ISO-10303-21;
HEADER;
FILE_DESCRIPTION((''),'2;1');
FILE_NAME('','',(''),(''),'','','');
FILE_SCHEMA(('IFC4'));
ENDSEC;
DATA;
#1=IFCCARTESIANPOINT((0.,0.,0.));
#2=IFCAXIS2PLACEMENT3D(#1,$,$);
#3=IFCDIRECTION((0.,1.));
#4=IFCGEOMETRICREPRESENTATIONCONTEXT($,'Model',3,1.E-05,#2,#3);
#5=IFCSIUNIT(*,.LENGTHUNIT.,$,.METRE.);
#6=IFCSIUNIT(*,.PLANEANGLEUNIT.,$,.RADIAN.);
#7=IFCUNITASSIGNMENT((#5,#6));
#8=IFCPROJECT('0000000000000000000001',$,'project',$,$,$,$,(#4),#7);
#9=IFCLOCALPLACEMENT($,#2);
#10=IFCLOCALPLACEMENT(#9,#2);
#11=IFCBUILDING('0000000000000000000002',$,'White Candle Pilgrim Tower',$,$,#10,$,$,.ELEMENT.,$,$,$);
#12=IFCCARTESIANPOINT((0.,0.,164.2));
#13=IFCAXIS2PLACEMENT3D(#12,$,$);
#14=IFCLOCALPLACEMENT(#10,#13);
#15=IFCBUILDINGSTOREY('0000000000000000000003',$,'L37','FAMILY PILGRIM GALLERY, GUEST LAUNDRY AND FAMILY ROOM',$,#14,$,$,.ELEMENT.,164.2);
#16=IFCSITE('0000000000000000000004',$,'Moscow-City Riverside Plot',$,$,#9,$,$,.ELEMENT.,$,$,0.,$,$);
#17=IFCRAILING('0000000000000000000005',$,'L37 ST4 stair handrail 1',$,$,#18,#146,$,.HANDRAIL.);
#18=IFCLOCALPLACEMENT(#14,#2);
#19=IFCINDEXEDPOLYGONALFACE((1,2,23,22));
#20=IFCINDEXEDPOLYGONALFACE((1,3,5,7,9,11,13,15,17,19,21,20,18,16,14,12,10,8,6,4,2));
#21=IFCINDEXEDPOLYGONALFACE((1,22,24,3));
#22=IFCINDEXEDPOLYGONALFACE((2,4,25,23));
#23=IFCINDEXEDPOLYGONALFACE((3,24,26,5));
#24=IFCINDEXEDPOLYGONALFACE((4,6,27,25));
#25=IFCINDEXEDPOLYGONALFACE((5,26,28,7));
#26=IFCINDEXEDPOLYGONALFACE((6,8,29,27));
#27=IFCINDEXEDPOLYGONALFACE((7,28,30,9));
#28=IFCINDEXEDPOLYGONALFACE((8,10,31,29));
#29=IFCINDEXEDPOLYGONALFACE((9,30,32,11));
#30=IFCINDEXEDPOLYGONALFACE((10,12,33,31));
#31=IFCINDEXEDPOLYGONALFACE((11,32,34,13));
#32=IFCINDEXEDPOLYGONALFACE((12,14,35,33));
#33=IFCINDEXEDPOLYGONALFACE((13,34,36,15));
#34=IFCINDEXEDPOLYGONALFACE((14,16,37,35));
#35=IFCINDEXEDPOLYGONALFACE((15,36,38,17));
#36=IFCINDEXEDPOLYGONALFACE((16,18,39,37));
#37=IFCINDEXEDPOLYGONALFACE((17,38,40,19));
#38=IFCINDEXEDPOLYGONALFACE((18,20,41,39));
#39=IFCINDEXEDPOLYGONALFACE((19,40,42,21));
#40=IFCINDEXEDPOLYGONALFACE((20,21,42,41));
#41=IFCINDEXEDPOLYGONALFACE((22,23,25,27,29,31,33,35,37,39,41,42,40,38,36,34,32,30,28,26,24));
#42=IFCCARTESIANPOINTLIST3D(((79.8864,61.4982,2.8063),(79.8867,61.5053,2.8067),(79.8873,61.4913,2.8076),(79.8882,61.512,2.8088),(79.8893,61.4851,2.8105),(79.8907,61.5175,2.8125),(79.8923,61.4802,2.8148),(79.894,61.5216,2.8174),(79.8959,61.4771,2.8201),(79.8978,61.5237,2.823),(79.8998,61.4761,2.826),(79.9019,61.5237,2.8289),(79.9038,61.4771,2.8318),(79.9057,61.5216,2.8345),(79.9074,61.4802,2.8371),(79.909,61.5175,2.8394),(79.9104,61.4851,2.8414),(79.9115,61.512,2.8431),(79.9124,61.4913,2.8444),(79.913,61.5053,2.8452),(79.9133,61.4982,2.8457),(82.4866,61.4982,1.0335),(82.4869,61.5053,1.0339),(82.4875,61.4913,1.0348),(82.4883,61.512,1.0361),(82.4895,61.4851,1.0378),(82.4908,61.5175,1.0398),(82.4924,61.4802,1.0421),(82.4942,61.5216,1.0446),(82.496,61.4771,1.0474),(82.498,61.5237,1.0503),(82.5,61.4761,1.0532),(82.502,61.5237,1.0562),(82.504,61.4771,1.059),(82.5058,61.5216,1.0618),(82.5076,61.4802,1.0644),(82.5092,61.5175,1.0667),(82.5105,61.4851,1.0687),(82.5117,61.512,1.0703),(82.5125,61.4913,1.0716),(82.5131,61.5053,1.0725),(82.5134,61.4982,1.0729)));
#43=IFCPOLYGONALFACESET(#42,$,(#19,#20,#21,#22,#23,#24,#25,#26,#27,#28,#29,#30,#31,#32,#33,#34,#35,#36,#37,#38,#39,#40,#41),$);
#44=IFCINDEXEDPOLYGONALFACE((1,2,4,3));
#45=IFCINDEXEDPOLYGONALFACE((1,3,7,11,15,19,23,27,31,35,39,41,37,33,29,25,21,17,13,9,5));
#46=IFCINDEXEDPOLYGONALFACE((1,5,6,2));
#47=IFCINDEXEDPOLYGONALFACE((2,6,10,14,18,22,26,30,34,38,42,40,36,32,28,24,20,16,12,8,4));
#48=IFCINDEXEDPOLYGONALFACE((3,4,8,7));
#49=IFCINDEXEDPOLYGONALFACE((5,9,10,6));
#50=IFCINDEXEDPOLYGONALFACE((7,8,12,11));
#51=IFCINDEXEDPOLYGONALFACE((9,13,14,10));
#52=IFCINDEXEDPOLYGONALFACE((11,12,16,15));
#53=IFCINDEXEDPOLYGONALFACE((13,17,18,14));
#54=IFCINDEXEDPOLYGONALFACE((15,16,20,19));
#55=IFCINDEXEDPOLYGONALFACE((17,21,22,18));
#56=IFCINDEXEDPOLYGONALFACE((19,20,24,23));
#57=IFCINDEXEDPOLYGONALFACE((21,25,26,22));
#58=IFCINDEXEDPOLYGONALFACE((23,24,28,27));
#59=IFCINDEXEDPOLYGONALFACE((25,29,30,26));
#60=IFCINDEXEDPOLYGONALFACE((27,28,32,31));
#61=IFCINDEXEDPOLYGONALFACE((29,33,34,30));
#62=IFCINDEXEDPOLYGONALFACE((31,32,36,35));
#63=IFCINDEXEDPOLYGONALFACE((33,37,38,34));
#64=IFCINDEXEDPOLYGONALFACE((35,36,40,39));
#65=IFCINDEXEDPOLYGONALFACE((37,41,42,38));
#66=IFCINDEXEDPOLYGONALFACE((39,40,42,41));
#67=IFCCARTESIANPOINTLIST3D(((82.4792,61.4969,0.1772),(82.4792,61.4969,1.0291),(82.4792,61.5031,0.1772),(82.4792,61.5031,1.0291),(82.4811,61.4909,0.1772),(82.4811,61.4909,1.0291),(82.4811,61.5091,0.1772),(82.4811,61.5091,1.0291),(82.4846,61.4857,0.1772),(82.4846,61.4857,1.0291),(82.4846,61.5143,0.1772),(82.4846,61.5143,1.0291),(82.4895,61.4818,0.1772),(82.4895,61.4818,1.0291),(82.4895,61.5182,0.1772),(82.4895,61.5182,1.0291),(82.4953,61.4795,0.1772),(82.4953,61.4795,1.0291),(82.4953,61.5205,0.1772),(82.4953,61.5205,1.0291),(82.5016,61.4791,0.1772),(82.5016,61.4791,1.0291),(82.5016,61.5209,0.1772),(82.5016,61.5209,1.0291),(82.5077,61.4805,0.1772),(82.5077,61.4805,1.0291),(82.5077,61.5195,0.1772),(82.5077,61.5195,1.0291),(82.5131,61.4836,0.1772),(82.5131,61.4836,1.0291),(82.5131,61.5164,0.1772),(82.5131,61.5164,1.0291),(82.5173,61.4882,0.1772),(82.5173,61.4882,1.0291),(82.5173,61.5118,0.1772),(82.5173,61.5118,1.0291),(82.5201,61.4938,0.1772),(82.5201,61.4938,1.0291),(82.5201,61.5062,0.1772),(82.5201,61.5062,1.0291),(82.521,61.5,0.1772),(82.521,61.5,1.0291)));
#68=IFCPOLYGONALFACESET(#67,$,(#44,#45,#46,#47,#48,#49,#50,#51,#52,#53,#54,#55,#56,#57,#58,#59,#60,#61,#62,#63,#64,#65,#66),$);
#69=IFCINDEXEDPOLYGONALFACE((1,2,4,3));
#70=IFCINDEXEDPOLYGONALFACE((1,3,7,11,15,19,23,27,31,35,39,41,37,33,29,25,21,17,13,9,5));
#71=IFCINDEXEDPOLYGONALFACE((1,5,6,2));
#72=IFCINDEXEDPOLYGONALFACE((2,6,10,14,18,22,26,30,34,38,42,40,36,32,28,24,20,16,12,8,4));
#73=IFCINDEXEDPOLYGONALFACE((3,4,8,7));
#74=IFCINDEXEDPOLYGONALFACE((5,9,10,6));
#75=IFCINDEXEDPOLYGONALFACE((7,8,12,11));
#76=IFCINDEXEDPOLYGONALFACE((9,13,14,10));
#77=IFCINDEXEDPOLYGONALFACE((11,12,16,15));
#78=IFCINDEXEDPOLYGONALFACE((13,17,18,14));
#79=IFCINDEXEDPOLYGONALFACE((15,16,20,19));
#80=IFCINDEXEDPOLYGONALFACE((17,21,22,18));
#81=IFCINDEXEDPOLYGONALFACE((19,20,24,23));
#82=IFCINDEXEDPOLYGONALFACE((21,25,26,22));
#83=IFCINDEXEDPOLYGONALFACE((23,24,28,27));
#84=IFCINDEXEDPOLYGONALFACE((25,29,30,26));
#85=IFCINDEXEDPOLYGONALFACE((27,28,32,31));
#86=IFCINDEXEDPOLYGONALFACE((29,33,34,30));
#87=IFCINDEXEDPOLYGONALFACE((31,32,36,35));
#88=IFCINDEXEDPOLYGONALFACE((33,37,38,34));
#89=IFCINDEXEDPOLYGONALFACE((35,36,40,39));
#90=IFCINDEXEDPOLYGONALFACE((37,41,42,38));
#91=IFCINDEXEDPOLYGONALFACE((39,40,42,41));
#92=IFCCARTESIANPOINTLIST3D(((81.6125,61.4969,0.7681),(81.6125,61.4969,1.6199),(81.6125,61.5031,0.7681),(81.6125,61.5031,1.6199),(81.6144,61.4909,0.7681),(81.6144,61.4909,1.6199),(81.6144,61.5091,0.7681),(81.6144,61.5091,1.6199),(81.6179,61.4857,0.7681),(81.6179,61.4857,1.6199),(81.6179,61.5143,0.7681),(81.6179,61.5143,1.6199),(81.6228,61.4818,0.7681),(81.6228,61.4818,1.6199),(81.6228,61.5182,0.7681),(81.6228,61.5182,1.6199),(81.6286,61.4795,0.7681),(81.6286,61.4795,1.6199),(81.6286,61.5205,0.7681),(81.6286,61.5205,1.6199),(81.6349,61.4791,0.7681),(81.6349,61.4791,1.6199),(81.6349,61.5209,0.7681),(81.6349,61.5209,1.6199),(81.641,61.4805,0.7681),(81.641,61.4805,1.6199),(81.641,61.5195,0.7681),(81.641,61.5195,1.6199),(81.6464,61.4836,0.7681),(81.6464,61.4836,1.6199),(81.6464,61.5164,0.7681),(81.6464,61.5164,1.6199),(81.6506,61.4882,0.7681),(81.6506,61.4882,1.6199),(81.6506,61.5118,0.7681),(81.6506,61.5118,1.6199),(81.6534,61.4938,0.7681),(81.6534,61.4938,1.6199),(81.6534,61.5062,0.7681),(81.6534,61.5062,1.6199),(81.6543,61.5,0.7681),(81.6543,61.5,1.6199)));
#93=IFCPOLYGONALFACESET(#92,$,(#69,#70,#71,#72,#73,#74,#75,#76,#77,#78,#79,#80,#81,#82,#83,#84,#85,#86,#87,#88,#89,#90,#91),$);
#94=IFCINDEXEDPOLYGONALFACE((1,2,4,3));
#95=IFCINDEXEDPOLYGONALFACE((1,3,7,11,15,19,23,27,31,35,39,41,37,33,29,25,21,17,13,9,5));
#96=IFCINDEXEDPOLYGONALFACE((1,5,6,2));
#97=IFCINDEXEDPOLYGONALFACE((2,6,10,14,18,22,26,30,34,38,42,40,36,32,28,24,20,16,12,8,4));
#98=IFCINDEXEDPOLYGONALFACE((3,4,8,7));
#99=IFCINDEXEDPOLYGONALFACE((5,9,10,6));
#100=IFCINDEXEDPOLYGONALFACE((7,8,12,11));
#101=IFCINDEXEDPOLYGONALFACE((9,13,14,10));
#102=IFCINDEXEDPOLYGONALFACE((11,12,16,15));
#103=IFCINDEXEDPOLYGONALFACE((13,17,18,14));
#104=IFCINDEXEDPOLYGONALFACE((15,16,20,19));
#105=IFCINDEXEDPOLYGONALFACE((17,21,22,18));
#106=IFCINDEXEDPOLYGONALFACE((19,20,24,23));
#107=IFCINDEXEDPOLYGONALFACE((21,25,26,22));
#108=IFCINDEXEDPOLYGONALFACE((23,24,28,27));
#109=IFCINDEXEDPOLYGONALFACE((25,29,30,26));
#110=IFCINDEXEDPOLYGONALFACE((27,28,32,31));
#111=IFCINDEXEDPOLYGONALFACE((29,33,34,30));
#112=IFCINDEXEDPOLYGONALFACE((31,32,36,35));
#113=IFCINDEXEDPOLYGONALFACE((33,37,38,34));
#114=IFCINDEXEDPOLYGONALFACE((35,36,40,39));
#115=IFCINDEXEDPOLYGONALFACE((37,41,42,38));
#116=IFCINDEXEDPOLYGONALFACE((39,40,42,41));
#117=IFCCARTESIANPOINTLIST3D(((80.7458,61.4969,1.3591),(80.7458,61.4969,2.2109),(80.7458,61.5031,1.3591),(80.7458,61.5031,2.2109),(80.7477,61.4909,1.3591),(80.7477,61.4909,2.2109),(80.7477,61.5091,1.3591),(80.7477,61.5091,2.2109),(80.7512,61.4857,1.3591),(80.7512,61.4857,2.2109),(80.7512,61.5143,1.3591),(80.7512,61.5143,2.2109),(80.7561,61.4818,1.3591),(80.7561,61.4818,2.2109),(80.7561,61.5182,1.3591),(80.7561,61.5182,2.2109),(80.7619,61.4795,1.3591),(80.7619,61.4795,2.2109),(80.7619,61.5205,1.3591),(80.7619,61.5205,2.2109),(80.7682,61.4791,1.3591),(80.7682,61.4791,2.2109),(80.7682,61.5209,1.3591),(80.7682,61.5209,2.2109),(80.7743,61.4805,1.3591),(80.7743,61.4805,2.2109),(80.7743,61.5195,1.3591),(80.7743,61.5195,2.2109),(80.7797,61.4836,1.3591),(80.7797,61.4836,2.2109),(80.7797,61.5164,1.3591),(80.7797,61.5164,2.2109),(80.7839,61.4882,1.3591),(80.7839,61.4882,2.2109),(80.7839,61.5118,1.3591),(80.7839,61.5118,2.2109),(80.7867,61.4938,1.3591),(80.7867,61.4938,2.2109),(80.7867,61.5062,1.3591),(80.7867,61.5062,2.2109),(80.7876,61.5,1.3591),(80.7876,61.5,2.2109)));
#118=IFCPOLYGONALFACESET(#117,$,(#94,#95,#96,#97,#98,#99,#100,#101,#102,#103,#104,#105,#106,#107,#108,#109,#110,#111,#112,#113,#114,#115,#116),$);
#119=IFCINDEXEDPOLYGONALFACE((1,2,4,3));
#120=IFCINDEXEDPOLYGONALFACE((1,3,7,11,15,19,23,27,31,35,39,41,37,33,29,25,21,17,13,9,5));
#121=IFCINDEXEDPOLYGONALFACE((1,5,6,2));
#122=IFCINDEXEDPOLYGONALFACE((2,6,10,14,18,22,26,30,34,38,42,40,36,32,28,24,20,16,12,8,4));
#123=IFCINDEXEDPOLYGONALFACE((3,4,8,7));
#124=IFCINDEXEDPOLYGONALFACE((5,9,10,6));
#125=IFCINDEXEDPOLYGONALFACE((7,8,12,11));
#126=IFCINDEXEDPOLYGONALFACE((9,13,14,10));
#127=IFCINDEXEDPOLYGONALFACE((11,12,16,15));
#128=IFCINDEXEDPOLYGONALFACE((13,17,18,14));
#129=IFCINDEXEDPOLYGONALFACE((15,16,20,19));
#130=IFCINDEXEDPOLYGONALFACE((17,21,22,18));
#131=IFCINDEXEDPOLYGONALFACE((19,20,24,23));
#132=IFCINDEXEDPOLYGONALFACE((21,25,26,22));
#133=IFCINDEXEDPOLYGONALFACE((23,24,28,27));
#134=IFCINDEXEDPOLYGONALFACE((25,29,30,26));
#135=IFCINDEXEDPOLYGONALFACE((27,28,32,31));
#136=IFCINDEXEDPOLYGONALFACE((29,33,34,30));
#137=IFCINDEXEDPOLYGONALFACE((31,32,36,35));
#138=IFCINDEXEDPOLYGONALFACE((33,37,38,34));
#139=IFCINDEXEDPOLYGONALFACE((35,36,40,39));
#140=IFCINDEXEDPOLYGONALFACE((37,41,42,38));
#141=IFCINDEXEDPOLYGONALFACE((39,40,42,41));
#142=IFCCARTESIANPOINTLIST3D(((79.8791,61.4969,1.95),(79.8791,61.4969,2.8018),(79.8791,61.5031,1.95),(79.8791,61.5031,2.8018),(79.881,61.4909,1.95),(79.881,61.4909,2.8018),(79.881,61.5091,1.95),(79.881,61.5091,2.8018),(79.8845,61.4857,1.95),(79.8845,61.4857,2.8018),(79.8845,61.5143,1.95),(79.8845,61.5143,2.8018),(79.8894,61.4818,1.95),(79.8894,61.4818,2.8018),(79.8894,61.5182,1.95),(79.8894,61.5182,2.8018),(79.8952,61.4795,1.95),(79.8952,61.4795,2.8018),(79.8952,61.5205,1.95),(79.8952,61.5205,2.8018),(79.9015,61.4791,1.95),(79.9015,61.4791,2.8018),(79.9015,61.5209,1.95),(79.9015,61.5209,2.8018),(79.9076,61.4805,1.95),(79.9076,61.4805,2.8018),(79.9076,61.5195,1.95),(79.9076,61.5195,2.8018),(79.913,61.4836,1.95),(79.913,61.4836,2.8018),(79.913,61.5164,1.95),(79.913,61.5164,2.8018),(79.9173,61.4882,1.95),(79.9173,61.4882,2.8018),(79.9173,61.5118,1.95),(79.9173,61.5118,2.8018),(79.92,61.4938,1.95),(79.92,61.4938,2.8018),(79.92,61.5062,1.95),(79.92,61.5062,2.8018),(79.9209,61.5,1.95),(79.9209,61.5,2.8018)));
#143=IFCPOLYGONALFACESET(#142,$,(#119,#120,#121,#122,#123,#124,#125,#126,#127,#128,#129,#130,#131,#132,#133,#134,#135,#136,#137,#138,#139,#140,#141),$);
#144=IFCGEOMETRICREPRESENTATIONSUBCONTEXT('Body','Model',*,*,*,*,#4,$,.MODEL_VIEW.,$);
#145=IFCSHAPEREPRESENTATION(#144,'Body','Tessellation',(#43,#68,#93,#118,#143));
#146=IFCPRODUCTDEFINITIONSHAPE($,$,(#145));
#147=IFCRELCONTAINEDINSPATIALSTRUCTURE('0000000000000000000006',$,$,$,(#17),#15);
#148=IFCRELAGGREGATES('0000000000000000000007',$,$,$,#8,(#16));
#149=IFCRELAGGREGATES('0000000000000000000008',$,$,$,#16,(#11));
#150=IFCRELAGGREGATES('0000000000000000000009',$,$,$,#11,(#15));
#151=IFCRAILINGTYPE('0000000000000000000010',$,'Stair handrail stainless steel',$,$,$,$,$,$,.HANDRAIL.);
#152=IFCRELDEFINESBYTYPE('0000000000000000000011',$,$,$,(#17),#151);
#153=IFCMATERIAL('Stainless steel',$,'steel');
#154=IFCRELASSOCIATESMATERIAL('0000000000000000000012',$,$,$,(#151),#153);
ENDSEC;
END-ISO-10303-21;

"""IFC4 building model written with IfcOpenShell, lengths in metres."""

from ifc_helpers import new_model, si_unit, direction, frame, origin, origin_2d, place, context, subcontext, project, spatial, circle, extrude, material, type_object, element, save


model = new_model("IFC4")

# Units and contexts
model_context = context("Model", 3, precision=1e-05, world=origin(), true_north=direction((0.0, 1.0)))
body_context = subcontext(model_context, "Body", "Model", "MODEL_VIEW")
ifc_project = project(units=[si_unit("LENGTHUNIT", "METRE"), si_unit("PLANEANGLEUNIT", "RADIAN")], contexts=[model_context])

# Site, building, storey
site_placement = place(None, origin())
site = spatial("IfcSite", under=ifc_project, at=site_placement, Name="Moscow-City Riverside Plot", CompositionType="ELEMENT", RefElevation=0.0)
building_placement = place(site_placement, origin())
building = spatial("IfcBuilding", under=site, at=building_placement, Name="White Candle Pilgrim Tower", CompositionType="ELEMENT")
storey_placement = place(building_placement, frame((0.0, 0.0, 164.2)))
storey = spatial("IfcBuildingStorey", under=building, at=storey_placement, Name="L37", Description="FAMILY PILGRIM GALLERY, GUEST LAUNDRY AND FAMILY ROOM", CompositionType="ELEMENT", Elevation=164.2)

# Railing
ifc_material_1 = material(Name="Stainless steel", Category="steel")
railing_type_1 = type_object("IfcRailingType", Name="Stair handrail stainless steel", PredefinedType="HANDRAIL", material=ifc_material_1)
railing_1_placement = place(storey_placement, frame((82.5, 61.5, 0.1772)))
element("IfcRailing", 1, at=railing_1_placement, inside=storey, type_object=railing_type_1, Name="L37 ST4 stair handrail 1", PredefinedType="HANDRAIL", context=body_context, shape_type="SweptSolid", body=[
    extrude(circle(Radius=0.0239, at=origin_2d()), frame((0.0, 0.0, 0.876), z_axis=(-0.82624, 0.0, 0.563318), x_axis=(0.0, -1.0, 0.0)), (0.0, 0.0, 1.0), 3.147),
    extrude(circle(Radius=0.021, at=origin_2d()), origin(), (0.0, 0.0, 1.0), 0.8518),
    extrude(circle(Radius=0.021, at=origin_2d()), frame((-0.8667, 0.0, 0.5908)), (0.0, 0.0, 1.0), 0.8518),
    extrude(circle(Radius=0.021, at=origin_2d()), frame((-1.7334, 0.0, 1.1819)), (0.0, 0.0, 1.0), 0.8518),
    extrude(circle(Radius=0.021, at=origin_2d()), frame((-2.6001, 0.0, 1.7727)), (0.0, 0.0, 1.0), 0.8518),
])

save(model, "model.ifc")
